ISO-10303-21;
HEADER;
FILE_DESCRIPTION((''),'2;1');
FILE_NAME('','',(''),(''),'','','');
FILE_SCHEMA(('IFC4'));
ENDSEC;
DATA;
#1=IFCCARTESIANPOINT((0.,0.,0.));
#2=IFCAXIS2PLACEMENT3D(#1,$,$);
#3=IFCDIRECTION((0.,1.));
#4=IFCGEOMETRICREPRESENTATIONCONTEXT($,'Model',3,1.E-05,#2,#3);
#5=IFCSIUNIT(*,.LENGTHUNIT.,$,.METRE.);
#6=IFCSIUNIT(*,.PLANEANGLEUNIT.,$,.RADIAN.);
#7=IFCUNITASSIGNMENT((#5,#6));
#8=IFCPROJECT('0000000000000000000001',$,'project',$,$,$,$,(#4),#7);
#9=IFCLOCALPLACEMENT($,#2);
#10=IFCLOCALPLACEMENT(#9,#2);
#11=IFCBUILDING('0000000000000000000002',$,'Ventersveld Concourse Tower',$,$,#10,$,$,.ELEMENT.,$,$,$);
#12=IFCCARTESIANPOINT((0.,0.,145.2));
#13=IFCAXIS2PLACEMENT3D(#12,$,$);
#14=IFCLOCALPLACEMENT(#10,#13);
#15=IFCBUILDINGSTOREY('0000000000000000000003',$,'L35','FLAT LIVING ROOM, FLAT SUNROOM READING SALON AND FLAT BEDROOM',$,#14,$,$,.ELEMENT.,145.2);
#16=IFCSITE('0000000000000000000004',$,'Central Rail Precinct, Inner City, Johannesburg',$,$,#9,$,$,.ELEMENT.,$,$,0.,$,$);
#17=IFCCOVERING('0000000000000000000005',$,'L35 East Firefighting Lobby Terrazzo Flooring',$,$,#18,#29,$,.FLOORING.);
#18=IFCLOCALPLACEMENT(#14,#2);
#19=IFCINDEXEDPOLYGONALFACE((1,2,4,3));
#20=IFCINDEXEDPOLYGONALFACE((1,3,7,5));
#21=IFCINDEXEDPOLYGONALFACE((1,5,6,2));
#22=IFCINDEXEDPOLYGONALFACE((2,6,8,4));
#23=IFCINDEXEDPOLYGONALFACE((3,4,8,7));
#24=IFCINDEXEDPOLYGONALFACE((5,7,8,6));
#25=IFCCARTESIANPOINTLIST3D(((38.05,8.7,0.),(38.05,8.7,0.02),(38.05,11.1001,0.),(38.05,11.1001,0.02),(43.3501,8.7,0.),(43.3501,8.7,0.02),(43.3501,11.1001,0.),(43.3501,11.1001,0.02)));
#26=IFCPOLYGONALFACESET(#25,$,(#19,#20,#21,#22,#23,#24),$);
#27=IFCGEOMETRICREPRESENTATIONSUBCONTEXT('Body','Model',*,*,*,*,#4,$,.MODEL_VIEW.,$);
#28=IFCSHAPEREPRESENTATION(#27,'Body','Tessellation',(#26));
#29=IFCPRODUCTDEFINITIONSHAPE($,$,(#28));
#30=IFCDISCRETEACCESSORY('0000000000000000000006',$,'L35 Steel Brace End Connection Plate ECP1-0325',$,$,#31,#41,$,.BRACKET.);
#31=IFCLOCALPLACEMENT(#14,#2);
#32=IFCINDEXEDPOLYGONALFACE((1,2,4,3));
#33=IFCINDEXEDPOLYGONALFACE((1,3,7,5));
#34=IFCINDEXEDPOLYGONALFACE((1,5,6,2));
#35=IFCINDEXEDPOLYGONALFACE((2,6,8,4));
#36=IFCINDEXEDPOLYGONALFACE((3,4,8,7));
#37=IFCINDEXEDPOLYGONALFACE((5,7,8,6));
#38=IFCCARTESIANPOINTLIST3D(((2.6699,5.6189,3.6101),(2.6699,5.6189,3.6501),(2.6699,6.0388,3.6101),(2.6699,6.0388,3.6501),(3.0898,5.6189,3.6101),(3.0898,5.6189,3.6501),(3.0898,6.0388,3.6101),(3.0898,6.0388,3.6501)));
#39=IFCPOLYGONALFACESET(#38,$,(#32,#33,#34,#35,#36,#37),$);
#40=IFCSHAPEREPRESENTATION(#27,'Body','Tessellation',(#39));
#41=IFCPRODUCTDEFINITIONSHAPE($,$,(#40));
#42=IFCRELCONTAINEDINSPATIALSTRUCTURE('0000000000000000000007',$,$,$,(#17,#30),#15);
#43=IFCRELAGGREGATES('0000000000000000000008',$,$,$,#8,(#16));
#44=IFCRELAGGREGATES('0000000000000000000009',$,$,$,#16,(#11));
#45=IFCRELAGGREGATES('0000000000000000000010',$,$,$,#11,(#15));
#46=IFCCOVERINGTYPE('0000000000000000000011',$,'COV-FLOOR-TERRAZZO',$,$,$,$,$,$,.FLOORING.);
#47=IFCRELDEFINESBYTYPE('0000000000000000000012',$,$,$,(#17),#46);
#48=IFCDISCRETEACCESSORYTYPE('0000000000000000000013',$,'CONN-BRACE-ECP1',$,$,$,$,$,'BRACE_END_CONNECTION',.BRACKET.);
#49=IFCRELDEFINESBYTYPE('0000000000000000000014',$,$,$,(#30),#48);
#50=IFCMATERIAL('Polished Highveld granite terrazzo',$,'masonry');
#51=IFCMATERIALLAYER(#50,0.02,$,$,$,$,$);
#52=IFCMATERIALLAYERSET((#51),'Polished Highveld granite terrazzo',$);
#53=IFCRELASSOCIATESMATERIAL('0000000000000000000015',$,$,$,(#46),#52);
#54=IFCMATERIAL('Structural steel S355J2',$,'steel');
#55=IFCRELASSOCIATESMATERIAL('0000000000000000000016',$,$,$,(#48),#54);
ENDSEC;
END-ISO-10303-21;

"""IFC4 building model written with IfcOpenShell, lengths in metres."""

from ifc_helpers import new_model, si_unit, direction, frame, origin, origin_2d, place, context, subcontext, project, spatial, polyline, rectangle, outline, extrude, material, layer, layer_set, type_object, element, save


model = new_model("IFC4")

# Units and contexts
model_context = context("Model", 3, precision=1e-05, world=origin(), true_north=direction((0.0, 1.0)))
body_context = subcontext(model_context, "Body", "Model", "MODEL_VIEW")
ifc_project = project(units=[si_unit("LENGTHUNIT", "METRE"), si_unit("PLANEANGLEUNIT", "RADIAN")], contexts=[model_context])

# Site, building, storey
site_placement = place(None, origin())
site = spatial("IfcSite", under=ifc_project, at=site_placement, Name="Central Rail Precinct, Inner City, Johannesburg", CompositionType="ELEMENT", RefElevation=0.0)
building_placement = place(site_placement, origin())
building = spatial("IfcBuilding", under=site, at=building_placement, Name="Ventersveld Concourse Tower", CompositionType="ELEMENT")
storey_placement = place(building_placement, frame((0.0, 0.0, 145.2)))
storey = spatial("IfcBuildingStorey", under=building, at=storey_placement, Name="L35", Description="FLAT LIVING ROOM, FLAT SUNROOM READING SALON AND FLAT BEDROOM", CompositionType="ELEMENT", Elevation=145.2)

# Covering
ifc_material_1 = material(Name="Polished Highveld granite terrazzo", Category="masonry")
ifc_layer_1 = layer(ifc_material_1, 0.02)
ifc_layer_set_1 = layer_set([ifc_layer_1], Name="Polished Highveld granite terrazzo")
covering_type_1 = type_object("IfcCoveringType", Name="COV-FLOOR-TERRAZZO", PredefinedType="FLOORING", material=ifc_layer_set_1)
covering_1_placement = place(storey_placement, origin())
element("IfcCovering", 1, at=covering_1_placement, inside=storey, type_object=covering_type_1, Name="L35 East Firefighting Lobby Terrazzo Flooring", PredefinedType="FLOORING", context=body_context, shape_type="SweptSolid", body=[
    extrude(outline(polyline([(38.05, 8.7), (43.3501, 8.7), (43.3501, 11.1001), (38.05, 11.1001), (38.05, 8.7)])), origin(), (0.0, 0.0, 1.0), 0.02),
])

# Discrete accessory
ifc_material_2 = material(Name="Structural steel S355J2", Category="steel")
discrete_accessory_type = type_object("IfcDiscreteAccessoryType", Name="CONN-BRACE-ECP1", ElementType="BRACE_END_CONNECTION", PredefinedType="BRACKET", material=ifc_material_2)
discrete_accessory_placement = place(storey_placement, frame((2.8799, 5.8289, 3.6101), z_axis=(0.0, 0.0, 1.0), x_axis=(1.0, 0.0, 0.0)))
element("IfcDiscreteAccessory", 2, at=discrete_accessory_placement, inside=storey, type_object=discrete_accessory_type, Name="L35 Steel Brace End Connection Plate ECP1-0325", PredefinedType="BRACKET", context=body_context, shape_type="SweptSolid", body=[
    extrude(rectangle(XDim=0.4199, YDim=0.4199, at=origin_2d()), origin(), (0.0, 0.0, 1.0), 0.04),
])

save(model, "model.ifc")
